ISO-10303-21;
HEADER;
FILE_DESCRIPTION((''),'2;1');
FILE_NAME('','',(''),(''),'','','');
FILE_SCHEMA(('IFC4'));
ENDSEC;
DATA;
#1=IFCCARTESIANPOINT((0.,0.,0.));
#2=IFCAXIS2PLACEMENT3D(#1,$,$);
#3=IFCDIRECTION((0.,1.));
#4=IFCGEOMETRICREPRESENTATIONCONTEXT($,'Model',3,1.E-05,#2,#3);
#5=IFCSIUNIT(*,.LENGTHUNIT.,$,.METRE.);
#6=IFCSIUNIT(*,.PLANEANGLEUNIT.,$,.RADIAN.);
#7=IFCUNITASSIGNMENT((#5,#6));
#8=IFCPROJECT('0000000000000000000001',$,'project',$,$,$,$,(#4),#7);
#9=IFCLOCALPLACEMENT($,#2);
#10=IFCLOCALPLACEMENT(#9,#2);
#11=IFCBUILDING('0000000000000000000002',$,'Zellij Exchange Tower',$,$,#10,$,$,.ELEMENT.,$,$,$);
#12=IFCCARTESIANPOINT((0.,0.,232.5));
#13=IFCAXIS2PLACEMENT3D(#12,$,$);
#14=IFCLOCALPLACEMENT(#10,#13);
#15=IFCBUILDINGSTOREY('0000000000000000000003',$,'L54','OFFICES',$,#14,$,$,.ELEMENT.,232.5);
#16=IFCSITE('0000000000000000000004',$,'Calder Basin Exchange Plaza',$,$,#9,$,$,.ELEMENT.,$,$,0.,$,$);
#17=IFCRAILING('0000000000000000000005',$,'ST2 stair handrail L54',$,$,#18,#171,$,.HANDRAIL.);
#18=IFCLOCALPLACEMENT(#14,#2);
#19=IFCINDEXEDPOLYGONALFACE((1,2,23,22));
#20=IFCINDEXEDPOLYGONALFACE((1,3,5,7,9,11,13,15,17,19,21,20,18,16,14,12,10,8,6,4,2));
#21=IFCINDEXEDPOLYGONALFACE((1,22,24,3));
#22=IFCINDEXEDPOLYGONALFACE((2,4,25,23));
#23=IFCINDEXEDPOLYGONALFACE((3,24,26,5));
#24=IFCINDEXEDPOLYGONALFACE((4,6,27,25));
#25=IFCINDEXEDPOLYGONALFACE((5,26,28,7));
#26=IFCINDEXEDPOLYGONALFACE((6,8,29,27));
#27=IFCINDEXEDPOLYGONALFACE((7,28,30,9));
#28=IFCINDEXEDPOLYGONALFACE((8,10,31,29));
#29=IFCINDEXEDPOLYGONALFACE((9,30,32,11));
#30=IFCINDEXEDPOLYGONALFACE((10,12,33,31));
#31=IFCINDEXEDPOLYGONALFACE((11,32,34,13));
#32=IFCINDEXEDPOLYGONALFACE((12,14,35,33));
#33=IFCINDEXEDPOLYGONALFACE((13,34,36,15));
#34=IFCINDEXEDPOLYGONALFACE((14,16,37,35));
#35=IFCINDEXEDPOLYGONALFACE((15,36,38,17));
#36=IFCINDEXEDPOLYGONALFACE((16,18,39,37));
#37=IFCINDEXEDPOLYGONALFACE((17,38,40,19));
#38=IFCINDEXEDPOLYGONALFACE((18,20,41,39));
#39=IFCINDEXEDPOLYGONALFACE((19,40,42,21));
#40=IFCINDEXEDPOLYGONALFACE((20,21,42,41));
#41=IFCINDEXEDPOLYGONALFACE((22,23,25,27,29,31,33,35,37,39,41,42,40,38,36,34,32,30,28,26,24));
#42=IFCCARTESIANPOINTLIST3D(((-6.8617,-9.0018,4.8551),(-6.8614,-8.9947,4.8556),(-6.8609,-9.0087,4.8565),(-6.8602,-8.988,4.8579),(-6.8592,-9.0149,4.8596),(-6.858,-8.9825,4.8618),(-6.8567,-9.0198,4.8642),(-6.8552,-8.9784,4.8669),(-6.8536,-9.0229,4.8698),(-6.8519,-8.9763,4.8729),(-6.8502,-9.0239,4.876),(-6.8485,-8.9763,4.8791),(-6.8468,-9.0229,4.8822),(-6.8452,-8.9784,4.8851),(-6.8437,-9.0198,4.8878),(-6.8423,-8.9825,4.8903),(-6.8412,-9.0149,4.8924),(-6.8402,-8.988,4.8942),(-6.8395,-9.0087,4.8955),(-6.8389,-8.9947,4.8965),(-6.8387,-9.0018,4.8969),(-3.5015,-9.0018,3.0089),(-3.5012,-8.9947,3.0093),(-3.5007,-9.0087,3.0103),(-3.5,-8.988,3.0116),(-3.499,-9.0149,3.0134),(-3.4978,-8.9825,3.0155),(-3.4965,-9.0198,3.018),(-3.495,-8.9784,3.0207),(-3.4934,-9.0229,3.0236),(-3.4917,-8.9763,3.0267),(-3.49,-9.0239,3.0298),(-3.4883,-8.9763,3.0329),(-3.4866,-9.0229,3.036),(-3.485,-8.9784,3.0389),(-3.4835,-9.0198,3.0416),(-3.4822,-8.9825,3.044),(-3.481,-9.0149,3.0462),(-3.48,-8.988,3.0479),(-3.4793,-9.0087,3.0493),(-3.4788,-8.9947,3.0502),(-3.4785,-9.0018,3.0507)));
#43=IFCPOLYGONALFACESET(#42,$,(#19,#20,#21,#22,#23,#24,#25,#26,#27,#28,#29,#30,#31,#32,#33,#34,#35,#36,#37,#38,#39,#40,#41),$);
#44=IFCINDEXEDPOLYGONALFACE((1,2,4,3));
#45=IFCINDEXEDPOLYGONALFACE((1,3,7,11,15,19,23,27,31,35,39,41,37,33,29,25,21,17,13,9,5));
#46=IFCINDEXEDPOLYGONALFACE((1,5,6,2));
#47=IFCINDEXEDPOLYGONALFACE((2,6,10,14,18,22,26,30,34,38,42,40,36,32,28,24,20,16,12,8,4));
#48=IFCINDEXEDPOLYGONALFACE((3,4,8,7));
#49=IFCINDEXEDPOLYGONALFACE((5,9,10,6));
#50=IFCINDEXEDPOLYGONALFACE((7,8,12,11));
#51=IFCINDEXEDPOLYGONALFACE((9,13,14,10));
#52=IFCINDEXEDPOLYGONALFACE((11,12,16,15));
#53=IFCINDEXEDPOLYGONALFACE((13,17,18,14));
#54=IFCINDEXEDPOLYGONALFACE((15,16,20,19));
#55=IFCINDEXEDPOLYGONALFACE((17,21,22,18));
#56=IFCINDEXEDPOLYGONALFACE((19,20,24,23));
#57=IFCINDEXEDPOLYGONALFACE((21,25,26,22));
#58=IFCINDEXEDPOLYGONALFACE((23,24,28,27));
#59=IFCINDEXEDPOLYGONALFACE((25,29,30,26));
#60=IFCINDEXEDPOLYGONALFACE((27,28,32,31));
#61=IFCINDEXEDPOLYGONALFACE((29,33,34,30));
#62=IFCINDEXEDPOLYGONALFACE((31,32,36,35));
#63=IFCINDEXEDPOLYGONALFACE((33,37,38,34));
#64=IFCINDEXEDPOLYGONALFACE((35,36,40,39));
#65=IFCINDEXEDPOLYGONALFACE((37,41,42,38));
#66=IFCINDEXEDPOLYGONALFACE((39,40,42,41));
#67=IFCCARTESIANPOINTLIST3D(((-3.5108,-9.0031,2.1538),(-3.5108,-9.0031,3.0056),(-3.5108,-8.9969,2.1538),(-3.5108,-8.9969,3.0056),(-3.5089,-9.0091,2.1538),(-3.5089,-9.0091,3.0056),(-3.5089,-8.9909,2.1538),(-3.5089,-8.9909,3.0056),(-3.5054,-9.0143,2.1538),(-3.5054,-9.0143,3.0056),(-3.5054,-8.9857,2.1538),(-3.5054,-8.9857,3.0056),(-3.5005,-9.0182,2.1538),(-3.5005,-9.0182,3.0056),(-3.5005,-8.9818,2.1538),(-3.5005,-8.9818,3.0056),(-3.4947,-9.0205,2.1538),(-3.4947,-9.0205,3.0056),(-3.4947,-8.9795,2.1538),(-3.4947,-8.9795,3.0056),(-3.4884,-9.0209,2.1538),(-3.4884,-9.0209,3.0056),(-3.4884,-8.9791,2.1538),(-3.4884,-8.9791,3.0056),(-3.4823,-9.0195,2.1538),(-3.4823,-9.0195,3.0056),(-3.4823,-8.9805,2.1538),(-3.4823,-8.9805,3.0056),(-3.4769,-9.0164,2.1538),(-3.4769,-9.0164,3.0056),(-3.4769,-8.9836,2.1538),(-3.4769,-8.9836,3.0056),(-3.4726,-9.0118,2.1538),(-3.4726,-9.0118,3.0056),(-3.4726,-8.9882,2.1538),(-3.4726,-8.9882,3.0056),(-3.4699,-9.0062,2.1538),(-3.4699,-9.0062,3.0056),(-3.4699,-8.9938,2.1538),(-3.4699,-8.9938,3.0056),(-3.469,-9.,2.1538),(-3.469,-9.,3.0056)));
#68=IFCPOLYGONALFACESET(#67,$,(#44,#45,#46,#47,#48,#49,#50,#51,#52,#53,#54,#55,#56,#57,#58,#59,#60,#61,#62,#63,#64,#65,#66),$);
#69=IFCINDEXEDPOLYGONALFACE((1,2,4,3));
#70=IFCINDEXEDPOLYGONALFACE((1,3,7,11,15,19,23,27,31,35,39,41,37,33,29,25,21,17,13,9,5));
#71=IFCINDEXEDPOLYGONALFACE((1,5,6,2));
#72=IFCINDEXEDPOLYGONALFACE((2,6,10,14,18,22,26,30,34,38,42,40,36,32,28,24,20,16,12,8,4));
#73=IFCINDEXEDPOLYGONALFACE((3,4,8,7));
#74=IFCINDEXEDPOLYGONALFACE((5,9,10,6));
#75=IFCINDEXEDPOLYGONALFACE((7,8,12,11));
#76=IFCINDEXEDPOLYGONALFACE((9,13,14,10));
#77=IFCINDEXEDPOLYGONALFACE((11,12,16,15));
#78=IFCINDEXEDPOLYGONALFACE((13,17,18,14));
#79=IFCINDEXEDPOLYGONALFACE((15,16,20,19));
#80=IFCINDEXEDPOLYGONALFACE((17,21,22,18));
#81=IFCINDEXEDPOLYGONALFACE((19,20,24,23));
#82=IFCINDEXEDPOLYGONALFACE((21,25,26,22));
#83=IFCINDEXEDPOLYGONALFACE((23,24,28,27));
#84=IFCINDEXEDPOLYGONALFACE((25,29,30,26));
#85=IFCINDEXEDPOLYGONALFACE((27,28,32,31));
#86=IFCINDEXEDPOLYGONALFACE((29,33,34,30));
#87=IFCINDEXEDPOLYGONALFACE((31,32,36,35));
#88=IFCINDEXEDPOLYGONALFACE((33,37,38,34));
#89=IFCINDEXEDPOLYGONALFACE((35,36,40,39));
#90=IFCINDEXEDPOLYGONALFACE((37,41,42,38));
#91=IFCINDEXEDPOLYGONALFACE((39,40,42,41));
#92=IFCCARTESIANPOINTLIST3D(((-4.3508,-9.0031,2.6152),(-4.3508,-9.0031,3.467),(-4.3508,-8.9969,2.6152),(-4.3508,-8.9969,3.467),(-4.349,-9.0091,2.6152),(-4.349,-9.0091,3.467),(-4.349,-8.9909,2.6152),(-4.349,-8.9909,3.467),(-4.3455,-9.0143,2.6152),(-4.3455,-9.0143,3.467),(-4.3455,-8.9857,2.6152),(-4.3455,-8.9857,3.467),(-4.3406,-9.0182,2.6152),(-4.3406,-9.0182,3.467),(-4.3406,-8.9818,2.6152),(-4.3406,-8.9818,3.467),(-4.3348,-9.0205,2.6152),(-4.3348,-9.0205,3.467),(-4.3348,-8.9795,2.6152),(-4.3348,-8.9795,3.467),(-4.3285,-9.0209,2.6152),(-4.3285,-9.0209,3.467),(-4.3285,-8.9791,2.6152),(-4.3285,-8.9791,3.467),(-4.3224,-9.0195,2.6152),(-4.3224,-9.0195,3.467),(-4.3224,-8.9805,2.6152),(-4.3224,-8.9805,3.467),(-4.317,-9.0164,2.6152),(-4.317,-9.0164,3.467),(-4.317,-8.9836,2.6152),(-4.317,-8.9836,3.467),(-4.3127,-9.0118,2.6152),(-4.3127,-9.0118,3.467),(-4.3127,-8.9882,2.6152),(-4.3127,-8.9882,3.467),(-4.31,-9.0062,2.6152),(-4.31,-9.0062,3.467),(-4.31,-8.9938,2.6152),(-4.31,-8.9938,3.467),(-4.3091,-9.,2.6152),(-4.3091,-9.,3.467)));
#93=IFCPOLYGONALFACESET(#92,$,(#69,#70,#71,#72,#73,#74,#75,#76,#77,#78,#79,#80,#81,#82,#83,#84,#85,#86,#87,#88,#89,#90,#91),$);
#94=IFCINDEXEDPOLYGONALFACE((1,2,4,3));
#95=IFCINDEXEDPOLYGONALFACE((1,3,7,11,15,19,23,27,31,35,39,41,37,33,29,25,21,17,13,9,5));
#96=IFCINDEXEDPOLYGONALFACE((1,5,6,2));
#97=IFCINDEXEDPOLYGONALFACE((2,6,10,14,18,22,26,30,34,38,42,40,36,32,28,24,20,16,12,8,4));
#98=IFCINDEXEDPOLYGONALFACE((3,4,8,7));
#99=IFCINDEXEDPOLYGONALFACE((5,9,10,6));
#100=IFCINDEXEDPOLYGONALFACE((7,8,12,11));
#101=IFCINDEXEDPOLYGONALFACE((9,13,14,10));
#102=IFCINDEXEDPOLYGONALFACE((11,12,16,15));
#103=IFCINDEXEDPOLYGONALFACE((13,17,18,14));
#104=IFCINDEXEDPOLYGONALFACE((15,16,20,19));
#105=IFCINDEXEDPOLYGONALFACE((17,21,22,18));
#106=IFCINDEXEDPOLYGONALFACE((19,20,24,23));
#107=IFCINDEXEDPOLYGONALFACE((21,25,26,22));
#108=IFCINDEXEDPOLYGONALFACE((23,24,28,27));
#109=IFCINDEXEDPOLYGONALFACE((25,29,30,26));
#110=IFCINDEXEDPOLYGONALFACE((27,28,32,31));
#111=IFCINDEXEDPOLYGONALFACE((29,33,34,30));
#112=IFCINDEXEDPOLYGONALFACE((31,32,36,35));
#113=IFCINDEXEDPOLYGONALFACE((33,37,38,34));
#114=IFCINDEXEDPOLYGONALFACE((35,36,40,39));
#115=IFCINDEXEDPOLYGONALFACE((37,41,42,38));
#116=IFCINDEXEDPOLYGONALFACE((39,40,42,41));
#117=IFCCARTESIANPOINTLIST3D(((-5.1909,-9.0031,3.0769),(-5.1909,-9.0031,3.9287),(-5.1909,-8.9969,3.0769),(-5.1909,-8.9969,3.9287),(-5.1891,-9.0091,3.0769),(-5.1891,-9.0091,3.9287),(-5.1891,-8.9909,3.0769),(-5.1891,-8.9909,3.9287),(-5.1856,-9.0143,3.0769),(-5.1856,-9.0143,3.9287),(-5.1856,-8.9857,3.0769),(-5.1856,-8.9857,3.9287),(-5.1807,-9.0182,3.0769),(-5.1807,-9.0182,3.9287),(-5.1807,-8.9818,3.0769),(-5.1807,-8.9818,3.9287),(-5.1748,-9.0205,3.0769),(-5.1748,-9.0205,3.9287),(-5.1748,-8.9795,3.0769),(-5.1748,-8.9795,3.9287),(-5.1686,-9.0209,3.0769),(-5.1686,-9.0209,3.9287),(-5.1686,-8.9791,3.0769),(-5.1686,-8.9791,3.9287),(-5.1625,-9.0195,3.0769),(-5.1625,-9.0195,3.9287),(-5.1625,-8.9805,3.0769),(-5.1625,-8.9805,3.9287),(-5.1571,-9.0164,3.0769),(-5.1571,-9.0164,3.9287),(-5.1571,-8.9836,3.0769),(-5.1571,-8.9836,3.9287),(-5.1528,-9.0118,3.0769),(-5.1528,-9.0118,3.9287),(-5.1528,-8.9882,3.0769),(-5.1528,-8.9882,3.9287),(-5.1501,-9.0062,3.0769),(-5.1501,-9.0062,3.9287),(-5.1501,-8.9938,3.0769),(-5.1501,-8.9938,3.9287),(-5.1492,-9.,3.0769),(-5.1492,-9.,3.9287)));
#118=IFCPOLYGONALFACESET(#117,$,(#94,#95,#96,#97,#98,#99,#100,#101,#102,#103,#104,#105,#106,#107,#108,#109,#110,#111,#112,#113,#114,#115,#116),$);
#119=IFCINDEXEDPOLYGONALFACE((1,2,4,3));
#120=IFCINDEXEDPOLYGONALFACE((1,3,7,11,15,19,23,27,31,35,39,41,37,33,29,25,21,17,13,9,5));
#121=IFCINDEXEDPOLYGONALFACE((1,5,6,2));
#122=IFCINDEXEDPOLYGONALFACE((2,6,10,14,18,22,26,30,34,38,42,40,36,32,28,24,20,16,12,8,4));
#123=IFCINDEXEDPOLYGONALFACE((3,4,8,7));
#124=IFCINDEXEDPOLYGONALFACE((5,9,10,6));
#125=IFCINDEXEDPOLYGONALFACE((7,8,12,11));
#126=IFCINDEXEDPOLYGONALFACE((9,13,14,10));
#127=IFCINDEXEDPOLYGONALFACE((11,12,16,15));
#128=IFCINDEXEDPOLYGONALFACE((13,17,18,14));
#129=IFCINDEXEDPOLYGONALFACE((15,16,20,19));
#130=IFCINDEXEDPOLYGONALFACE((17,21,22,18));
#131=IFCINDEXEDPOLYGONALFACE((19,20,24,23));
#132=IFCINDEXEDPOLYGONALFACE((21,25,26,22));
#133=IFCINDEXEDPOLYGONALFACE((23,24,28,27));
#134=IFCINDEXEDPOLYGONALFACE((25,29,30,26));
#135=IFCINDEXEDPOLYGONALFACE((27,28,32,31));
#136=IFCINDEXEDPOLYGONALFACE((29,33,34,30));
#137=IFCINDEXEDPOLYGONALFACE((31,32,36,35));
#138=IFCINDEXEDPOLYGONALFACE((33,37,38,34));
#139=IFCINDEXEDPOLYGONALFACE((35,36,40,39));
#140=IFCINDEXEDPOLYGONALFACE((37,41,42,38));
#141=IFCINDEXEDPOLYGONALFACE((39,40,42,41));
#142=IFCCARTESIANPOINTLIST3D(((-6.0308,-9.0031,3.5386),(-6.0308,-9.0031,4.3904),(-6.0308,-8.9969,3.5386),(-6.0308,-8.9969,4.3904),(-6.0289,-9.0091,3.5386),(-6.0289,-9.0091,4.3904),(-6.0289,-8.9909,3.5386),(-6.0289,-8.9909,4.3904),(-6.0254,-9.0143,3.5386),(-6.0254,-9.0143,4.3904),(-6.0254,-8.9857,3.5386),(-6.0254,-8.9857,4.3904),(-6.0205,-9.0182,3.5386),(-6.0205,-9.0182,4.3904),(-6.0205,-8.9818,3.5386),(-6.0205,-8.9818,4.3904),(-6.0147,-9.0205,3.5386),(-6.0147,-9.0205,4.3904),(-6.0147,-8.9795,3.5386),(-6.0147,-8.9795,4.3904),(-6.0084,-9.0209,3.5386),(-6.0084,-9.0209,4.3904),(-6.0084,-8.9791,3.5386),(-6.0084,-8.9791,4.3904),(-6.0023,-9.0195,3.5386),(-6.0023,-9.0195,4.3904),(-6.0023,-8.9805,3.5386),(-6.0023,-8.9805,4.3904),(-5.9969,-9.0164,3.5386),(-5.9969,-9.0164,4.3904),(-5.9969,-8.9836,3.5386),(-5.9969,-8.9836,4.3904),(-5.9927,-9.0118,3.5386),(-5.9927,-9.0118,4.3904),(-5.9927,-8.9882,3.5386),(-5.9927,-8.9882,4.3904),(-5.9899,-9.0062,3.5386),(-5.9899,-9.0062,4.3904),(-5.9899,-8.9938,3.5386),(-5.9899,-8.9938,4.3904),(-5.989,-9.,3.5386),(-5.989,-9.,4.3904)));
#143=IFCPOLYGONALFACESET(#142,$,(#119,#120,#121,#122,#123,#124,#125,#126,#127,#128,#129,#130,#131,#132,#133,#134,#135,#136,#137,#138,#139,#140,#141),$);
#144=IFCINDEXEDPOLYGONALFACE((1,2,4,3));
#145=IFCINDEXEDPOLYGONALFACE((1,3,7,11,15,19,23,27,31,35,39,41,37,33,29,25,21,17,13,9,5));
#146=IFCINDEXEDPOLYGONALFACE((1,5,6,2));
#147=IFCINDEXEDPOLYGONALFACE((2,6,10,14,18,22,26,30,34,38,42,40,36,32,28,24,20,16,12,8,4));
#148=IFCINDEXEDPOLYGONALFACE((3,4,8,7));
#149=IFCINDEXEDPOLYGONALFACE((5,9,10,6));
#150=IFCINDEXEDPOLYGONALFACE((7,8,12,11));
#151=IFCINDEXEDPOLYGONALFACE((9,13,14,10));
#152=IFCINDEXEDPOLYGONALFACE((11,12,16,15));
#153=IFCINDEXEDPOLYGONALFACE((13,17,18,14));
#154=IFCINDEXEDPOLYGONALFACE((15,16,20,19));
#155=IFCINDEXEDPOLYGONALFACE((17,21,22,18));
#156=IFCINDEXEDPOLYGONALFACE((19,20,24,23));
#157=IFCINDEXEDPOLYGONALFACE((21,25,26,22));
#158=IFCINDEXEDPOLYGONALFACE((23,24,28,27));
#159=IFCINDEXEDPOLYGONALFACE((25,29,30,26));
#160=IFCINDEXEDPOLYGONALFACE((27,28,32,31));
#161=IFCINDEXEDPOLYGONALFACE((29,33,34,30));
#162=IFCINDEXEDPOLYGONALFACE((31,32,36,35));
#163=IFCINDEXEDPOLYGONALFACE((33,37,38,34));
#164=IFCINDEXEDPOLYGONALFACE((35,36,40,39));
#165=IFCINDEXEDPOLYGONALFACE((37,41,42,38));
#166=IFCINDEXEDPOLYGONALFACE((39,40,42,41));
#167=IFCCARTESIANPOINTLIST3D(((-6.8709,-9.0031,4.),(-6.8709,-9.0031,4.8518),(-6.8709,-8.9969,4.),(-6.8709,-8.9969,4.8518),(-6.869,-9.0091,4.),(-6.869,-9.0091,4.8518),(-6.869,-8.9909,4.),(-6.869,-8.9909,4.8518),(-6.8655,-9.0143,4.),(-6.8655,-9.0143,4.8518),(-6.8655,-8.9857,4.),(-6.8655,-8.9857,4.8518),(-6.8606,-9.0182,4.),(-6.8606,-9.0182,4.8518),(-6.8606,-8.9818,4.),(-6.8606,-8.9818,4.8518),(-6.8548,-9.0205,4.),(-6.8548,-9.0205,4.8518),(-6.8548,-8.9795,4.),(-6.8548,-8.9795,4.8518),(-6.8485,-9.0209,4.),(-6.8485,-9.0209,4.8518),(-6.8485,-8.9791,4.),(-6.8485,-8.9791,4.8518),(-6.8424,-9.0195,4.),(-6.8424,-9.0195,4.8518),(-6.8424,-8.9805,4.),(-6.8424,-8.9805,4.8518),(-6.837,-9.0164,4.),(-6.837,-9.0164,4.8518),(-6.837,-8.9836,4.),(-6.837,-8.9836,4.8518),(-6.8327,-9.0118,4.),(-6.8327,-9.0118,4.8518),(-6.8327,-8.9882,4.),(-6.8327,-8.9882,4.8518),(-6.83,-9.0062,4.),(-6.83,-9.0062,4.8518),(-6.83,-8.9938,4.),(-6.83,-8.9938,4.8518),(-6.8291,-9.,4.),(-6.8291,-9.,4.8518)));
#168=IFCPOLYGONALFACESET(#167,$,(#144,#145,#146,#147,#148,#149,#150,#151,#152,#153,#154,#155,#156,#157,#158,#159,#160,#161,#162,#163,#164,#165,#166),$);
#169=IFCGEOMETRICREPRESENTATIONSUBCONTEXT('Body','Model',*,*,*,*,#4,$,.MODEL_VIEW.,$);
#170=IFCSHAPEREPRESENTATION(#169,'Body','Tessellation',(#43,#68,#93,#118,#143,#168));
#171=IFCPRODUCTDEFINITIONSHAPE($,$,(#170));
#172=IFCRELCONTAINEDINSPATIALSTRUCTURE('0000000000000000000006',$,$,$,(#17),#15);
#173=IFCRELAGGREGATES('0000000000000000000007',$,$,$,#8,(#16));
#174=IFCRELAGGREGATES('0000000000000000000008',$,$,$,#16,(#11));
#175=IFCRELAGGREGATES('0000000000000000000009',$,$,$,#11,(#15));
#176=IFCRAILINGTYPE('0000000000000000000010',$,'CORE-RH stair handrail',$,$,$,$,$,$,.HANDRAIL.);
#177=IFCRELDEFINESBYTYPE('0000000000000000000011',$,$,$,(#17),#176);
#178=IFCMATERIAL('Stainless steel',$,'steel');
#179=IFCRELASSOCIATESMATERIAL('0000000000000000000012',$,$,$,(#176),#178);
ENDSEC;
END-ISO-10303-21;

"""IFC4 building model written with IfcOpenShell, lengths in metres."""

from ifc_helpers import new_model, si_unit, direction, frame, origin, origin_2d, place, context, subcontext, project, spatial, circle, extrude, material, type_object, element, save


model = new_model("IFC4")

# Units and contexts
model_context = context("Model", 3, precision=1e-05, world=origin(), true_north=direction((0.0, 1.0)))
body_context = subcontext(model_context, "Body", "Model", "MODEL_VIEW")
ifc_project = project(units=[si_unit("LENGTHUNIT", "METRE"), si_unit("PLANEANGLEUNIT", "RADIAN")], contexts=[model_context])

# Site, building, storey
site_placement = place(None, origin())
site = spatial("IfcSite", under=ifc_project, at=site_placement, Name="Calder Basin Exchange Plaza", CompositionType="ELEMENT", RefElevation=0.0)
building_placement = place(site_placement, origin())
building = spatial("IfcBuilding", under=site, at=building_placement, Name="Zellij Exchange Tower", CompositionType="ELEMENT")
storey_placement = place(building_placement, frame((0.0, 0.0, 232.5)))
storey = spatial("IfcBuildingStorey", under=building, at=storey_placement, Name="L54", Description="OFFICES", CompositionType="ELEMENT", Elevation=232.5)

# Railing
ifc_material_1 = material(Name="Stainless steel", Category="steel")
railing_type_1 = type_object("IfcRailingType", Name="CORE-RH stair handrail", PredefinedType="HANDRAIL", material=ifc_material_1)
railing_1_placement = place(storey_placement, frame((-3.49, -9.0, 2.1538)))
element("IfcRailing", 1, at=railing_1_placement, inside=storey, type_object=railing_type_1, Name="ST2 stair handrail L54", PredefinedType="HANDRAIL", context=body_context, shape_type="SweptSolid", body=[
    extrude(circle(Radius=0.0239, at=origin_2d()), frame((0.0, 0.0, 0.876), z_axis=(-0.876422, 0.0, 0.481545), x_axis=(0.0, -1.0, 0.0)), (0.0, 0.0, 1.0), 3.834),
    extrude(circle(Radius=0.021, at=origin_2d()), origin(), (0.0, 0.0, 1.0), 0.8518),
    extrude(circle(Radius=0.021, at=origin_2d()), frame((-0.8401, 0.0, 0.4614)), (0.0, 0.0, 1.0), 0.8518),
    extrude(circle(Radius=0.021, at=origin_2d()), frame((-1.6802, 0.0, 0.9231)), (0.0, 0.0, 1.0), 0.8518),
    extrude(circle(Radius=0.021, at=origin_2d()), frame((-2.52, 0.0, 1.3848)), (0.0, 0.0, 1.0), 0.8518),
    extrude(circle(Radius=0.021, at=origin_2d()), frame((-3.3601, 0.0, 1.8462)), (0.0, 0.0, 1.0), 0.8518),
])

save(model, "model.ifc")
